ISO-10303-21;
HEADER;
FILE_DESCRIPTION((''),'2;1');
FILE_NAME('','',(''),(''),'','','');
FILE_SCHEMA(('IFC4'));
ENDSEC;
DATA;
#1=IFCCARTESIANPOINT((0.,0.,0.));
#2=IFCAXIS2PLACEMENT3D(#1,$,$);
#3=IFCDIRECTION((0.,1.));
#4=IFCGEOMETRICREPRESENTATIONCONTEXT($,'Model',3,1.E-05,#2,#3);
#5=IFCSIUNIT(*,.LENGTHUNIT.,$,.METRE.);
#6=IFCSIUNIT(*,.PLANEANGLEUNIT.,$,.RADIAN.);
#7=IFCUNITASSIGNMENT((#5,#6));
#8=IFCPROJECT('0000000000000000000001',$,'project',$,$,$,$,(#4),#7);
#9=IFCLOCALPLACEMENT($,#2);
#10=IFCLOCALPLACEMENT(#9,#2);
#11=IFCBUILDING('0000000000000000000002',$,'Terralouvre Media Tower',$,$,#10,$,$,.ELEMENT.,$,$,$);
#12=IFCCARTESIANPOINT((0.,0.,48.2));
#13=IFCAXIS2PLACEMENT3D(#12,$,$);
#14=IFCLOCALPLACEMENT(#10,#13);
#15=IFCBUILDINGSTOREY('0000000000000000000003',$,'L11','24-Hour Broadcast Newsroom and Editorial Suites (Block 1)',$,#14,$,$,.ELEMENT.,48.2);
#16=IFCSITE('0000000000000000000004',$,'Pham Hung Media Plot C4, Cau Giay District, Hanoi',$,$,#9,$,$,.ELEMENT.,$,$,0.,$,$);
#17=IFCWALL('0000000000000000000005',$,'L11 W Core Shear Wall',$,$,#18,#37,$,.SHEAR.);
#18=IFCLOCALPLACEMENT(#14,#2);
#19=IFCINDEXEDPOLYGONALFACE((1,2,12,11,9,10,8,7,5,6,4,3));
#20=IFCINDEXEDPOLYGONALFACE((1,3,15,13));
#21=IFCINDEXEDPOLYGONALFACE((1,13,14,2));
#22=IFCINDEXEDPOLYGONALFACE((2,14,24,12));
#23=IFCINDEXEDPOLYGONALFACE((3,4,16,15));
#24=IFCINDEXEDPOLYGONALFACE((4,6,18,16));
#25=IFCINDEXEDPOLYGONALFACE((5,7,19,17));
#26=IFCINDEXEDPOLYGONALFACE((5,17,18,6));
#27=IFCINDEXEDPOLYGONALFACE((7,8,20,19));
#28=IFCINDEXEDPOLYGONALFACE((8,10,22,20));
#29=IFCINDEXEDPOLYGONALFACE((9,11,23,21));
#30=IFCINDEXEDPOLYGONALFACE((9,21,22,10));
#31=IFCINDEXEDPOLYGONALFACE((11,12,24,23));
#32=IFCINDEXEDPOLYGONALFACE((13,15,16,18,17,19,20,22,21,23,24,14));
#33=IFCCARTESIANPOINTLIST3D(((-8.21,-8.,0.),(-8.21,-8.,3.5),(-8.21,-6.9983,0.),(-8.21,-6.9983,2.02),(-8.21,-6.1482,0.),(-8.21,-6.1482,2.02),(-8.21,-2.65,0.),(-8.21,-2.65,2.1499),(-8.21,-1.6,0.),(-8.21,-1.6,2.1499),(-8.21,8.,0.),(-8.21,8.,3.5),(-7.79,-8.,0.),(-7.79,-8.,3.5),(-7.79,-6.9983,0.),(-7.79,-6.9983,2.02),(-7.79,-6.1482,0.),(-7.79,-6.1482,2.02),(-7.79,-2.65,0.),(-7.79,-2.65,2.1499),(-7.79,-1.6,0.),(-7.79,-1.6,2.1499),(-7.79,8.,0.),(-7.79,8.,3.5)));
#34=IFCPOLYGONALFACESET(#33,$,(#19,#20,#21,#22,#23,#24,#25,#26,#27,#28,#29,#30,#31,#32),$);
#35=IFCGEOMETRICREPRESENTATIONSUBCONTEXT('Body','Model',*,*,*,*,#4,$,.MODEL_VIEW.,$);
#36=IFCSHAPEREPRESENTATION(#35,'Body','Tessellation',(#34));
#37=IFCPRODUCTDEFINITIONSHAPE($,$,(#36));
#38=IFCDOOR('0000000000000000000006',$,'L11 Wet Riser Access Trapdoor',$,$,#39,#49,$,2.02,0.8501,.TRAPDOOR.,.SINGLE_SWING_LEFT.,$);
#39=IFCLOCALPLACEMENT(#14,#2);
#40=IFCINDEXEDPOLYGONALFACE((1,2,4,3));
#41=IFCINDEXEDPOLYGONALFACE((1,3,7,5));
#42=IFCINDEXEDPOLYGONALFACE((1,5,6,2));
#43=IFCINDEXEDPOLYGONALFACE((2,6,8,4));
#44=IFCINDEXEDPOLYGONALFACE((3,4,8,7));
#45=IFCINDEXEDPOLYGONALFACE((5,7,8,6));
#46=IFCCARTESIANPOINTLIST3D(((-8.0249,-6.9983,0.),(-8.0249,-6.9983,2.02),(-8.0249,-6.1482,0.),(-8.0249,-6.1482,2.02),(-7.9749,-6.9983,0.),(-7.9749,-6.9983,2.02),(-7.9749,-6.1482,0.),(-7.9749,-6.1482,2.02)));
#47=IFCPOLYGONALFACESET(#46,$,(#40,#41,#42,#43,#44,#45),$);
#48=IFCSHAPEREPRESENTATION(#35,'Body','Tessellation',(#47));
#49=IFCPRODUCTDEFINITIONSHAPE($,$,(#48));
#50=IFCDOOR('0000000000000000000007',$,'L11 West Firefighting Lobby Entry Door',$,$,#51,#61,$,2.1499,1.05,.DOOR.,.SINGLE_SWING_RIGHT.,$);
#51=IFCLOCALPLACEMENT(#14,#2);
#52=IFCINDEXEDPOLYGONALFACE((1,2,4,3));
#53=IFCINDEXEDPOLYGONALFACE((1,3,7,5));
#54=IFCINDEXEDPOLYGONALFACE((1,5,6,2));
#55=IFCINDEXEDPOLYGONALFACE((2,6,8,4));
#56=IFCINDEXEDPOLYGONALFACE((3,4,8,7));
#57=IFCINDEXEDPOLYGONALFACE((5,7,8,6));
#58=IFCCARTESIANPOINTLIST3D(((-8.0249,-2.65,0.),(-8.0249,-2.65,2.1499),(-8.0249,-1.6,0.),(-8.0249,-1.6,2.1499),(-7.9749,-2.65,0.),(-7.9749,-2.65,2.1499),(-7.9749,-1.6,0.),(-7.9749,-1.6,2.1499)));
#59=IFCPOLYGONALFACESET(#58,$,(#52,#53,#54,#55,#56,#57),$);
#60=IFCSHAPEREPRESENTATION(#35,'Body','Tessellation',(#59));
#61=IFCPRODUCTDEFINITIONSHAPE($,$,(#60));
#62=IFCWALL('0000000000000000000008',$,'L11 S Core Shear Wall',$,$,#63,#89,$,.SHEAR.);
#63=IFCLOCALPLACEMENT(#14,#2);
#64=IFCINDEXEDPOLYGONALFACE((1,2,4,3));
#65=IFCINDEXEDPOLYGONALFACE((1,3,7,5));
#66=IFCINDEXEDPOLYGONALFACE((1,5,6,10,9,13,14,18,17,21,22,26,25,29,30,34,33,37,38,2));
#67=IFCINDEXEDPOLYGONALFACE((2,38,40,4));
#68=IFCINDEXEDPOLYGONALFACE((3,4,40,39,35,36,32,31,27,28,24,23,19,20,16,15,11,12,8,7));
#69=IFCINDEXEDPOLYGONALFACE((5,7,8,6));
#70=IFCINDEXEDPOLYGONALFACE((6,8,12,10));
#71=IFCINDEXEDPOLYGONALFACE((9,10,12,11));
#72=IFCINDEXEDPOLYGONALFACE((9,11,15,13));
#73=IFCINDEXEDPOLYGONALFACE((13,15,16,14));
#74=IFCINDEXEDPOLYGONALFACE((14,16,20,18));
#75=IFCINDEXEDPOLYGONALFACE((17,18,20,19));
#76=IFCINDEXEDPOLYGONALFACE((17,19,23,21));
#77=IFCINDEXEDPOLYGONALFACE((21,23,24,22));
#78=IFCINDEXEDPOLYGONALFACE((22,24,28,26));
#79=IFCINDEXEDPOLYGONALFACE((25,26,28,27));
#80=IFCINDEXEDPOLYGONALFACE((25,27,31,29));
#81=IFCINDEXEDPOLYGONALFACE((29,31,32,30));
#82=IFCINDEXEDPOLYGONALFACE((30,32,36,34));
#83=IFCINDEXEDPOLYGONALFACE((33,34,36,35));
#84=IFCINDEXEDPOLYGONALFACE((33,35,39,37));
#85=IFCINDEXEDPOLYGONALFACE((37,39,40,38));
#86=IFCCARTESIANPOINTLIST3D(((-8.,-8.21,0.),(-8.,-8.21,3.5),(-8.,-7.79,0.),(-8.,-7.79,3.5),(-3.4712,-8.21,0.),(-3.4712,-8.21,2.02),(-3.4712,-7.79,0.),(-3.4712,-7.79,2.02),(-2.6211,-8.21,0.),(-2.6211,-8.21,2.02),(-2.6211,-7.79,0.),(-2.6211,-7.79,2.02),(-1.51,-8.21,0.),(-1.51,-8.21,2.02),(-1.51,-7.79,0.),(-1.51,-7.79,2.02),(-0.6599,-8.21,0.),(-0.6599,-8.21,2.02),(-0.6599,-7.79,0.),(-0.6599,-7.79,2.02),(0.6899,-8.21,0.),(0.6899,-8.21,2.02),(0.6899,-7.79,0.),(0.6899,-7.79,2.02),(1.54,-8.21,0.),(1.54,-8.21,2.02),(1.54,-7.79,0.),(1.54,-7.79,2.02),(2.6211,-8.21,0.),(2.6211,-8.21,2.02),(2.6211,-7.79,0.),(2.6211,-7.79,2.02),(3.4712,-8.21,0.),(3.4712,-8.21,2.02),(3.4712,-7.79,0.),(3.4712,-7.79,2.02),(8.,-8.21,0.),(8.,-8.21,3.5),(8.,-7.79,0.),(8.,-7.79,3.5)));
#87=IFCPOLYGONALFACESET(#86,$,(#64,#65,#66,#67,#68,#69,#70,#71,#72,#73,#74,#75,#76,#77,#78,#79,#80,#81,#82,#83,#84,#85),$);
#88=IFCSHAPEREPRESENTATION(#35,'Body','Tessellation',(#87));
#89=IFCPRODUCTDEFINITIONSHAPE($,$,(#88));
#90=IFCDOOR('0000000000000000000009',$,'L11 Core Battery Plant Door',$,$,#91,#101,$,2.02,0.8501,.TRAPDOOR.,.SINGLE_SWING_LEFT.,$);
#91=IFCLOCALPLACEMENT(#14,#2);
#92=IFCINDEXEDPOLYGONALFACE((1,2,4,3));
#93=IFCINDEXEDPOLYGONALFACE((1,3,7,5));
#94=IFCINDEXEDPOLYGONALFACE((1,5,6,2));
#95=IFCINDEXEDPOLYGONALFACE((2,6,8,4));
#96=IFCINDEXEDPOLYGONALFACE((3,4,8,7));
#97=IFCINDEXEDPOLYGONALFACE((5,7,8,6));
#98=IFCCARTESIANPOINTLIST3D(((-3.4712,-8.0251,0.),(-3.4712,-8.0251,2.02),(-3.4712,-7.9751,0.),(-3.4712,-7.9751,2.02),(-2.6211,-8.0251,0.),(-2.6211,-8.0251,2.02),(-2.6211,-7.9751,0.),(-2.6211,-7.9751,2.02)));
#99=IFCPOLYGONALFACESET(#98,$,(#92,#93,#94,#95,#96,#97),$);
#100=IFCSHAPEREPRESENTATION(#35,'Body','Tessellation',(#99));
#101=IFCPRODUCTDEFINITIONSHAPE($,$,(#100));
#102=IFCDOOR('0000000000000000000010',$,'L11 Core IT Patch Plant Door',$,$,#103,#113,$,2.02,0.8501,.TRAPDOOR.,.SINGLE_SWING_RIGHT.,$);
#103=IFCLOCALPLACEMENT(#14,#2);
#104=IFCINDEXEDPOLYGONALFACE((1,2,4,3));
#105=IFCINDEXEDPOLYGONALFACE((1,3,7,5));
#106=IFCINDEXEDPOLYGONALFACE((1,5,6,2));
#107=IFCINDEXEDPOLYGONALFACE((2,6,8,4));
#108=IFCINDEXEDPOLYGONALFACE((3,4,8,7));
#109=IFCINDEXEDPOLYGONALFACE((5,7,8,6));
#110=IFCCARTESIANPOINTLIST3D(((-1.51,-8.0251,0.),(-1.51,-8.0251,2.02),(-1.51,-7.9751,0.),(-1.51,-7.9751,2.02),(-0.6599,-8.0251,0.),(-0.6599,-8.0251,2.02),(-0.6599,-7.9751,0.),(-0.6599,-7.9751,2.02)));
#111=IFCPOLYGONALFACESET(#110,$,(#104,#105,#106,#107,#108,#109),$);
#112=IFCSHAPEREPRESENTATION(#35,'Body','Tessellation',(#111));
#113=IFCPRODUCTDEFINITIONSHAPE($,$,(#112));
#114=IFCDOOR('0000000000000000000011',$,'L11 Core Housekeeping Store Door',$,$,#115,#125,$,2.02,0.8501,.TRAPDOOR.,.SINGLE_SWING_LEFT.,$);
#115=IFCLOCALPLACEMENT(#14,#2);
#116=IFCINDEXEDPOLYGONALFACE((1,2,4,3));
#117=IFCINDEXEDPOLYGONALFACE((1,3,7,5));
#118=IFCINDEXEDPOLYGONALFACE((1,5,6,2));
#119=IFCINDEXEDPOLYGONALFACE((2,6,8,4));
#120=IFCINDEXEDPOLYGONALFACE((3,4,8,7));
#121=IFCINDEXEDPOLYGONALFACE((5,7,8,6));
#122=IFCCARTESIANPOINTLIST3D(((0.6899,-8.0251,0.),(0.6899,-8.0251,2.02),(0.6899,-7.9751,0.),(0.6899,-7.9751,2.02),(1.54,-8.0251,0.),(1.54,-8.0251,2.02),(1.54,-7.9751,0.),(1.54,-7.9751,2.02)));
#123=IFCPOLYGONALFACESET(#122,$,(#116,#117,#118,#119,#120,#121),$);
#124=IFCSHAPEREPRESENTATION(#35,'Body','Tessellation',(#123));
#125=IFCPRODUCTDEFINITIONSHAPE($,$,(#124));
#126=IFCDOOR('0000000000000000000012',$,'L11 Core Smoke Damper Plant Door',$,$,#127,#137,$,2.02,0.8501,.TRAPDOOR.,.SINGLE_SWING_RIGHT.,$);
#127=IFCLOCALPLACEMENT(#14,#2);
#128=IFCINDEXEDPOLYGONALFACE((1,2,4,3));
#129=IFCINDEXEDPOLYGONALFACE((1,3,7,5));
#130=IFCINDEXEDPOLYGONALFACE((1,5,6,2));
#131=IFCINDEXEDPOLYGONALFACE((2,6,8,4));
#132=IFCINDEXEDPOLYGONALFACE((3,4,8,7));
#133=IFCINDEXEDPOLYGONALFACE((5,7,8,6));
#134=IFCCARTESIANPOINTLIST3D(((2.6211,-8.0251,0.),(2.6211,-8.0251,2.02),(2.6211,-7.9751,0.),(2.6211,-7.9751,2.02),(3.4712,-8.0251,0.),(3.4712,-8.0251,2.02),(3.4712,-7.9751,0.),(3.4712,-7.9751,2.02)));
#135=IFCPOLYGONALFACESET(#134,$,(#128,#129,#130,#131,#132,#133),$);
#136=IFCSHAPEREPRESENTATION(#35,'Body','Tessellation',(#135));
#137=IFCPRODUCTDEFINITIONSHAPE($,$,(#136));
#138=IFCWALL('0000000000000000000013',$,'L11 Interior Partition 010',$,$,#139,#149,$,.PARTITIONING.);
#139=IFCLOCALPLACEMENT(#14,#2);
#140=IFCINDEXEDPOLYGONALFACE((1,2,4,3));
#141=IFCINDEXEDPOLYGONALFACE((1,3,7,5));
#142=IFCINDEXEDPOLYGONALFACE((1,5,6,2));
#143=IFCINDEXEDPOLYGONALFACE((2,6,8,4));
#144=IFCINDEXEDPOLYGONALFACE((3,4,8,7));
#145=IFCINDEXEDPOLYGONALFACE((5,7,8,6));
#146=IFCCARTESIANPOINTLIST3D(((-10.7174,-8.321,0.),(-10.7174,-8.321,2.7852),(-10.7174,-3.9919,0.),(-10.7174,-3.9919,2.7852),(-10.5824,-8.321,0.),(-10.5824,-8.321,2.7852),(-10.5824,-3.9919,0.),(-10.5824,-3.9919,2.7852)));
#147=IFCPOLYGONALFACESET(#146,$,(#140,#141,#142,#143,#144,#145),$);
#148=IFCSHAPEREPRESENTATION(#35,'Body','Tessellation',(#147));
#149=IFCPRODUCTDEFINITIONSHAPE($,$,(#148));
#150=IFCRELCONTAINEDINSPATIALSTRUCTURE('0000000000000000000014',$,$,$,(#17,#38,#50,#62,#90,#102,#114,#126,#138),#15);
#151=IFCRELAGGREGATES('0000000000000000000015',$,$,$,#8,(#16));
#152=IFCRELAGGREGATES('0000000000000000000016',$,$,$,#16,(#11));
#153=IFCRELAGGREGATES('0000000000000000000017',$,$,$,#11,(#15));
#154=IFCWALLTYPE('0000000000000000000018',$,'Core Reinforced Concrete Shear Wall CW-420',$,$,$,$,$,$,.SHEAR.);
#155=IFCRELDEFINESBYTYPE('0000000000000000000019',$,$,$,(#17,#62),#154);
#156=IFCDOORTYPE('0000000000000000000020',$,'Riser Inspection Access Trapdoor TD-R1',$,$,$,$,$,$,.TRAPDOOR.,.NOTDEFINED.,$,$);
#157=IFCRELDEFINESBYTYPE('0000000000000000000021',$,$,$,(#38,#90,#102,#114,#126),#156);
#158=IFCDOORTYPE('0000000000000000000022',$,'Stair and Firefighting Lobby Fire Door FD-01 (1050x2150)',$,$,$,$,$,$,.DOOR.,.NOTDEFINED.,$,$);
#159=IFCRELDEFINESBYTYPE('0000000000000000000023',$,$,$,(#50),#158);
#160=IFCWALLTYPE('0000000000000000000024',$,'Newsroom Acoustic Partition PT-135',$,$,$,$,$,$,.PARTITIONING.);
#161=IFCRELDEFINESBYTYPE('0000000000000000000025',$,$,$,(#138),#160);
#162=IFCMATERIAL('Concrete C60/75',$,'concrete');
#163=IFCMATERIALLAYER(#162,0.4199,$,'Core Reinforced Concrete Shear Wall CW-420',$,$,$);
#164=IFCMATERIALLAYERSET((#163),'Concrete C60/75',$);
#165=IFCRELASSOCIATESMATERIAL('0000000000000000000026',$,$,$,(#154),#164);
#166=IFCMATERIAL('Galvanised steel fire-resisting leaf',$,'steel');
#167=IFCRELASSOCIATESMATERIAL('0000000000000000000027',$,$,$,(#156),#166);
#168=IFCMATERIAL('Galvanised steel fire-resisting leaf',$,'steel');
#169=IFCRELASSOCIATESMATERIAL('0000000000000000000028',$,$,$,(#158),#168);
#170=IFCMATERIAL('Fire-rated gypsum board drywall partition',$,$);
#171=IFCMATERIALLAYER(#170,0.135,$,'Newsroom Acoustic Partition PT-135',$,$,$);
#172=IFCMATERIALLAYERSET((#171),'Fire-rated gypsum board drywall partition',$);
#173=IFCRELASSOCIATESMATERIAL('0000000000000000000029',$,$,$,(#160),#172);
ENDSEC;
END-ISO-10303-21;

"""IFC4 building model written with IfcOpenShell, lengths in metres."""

from ifc_helpers import new_model, si_unit, direction, frame, frame_2d, origin, place, context, subcontext, project, spatial, rectangle, extrude, material, layer, layer_set, type_object, element, fill, save


model = new_model("IFC4")

# Units and contexts
model_context = context("Model", 3, precision=1e-05, world=origin(), true_north=direction((0.0, 1.0)))
body_context = subcontext(model_context, "Body", "Model", "MODEL_VIEW")
ifc_project = project(units=[si_unit("LENGTHUNIT", "METRE"), si_unit("PLANEANGLEUNIT", "RADIAN")], contexts=[model_context])

# Site, building, storey
site_placement = place(None, origin())
site = spatial("IfcSite", under=ifc_project, at=site_placement, Name="Pham Hung Media Plot C4, Cau Giay District, Hanoi", CompositionType="ELEMENT", RefElevation=0.0)
building_placement = place(site_placement, origin())
building = spatial("IfcBuilding", under=site, at=building_placement, Name="Terralouvre Media Tower", CompositionType="ELEMENT")
storey_placement = place(building_placement, frame((0.0, 0.0, 48.2)))
storey = spatial("IfcBuildingStorey", under=building, at=storey_placement, Name="L11", Description="24-Hour Broadcast Newsroom and Editorial Suites (Block 1)", CompositionType="ELEMENT", Elevation=48.2)

# Walls, openings, doors
ifc_material_1 = material(Name="Concrete C60/75", Category="concrete")
ifc_layer_1 = layer(ifc_material_1, 0.4199, Name="Core Reinforced Concrete Shear Wall CW-420")
ifc_layer_set_1 = layer_set([ifc_layer_1], Name="Concrete C60/75")
wall_type_1 = type_object("IfcWallType", Name="Core Reinforced Concrete Shear Wall CW-420", PredefinedType="SHEAR", material=ifc_layer_set_1)
wall_1_placement = place(storey_placement, frame((-8.0, -8.0, 0.0), z_axis=(0.0, 0.0, 1.0), x_axis=(0.0, 1.0, 0.0)))
wall_1 = element("IfcWall", 1, at=wall_1_placement, inside=storey, type_object=wall_type_1, Name="L11 W Core Shear Wall", PredefinedType="SHEAR", context=body_context, shape_type="SweptSolid", body=[
    extrude(rectangle(XDim=16.0, YDim=0.4199, at=frame_2d((8.0, 0.0))), origin(), (0.0, 0.0, 1.0), 3.5),
])
opening_1_placement = place(wall_1_placement, frame((1.0017, 0.0, 0.0)))
opening_1 = element("IfcOpeningElement", 2, at=opening_1_placement, cuts=wall_1, PredefinedType="OPENING", context=body_context, shape_type="SweptSolid", body=[
    extrude(rectangle(XDim=0.8501, YDim=2.02, at=frame_2d((0.425, 1.01))), frame((0.0, 0.22, 0.0), z_axis=(0.0, -1.0, 0.0), x_axis=(1.0, 0.0, 0.0)), (0.0, 0.0, 1.0), 0.4399),
])
opening_2_placement = place(wall_1_placement, frame((5.3501, 0.0, 0.0)))
opening_2 = element("IfcOpeningElement", 3, at=opening_2_placement, cuts=wall_1, PredefinedType="OPENING", context=body_context, shape_type="SweptSolid", body=[
    extrude(rectangle(XDim=1.05, YDim=2.1499, at=frame_2d((0.5249, 1.075))), frame((0.0, 0.22, 0.0), z_axis=(0.0, -1.0, 0.0), x_axis=(1.0, 0.0, 0.0)), (0.0, 0.0, 1.0), 0.4399),
])
ifc_material_2 = material(Name="Galvanised steel fire-resisting leaf", Category="steel")
door_type_1 = type_object("IfcDoorType", Name="Riser Inspection Access Trapdoor TD-R1", OperationType="NOTDEFINED", PredefinedType="TRAPDOOR", material=ifc_material_2)
door_1_placement = place(opening_1_placement, origin())
door_1 = element("IfcDoor", 4, at=door_1_placement, inside=storey, type_object=door_type_1, Name="L11 Wet Riser Access Trapdoor", OperationType="SINGLE_SWING_LEFT", OverallHeight=2.02, OverallWidth=0.8501, PredefinedType="TRAPDOOR", context=body_context, shape_type="SweptSolid", body=[
    extrude(rectangle(XDim=0.8501, YDim=2.02, at=frame_2d((0.425, 1.01))), frame((0.0, 0.0249, 0.0), z_axis=(0.0, -1.0, 0.0), x_axis=(1.0, 0.0, 0.0)), (0.0, 0.0, 1.0), 0.05),
])
fill(opening_1, door_1)
ifc_material_3 = material(Name="Galvanised steel fire-resisting leaf", Category="steel")
door_type_2 = type_object("IfcDoorType", Name="Stair and Firefighting Lobby Fire Door FD-01 (1050x2150)", OperationType="NOTDEFINED", PredefinedType="DOOR", material=ifc_material_3)
door_2_placement = place(opening_2_placement, origin())
door_2 = element("IfcDoor", 5, at=door_2_placement, inside=storey, type_object=door_type_2, Name="L11 West Firefighting Lobby Entry Door", OperationType="SINGLE_SWING_RIGHT", OverallHeight=2.1499, OverallWidth=1.05, PredefinedType="DOOR", context=body_context, shape_type="SweptSolid", body=[
    extrude(rectangle(XDim=1.05, YDim=2.1499, at=frame_2d((0.5249, 1.075))), frame((0.0, 0.0249, 0.0), z_axis=(0.0, -1.0, 0.0), x_axis=(1.0, 0.0, 0.0)), (0.0, 0.0, 1.0), 0.05),
])
fill(opening_2, door_2)
wall_2_placement = place(storey_placement, frame((-8.0, -8.0, 0.0), z_axis=(0.0, 0.0, 1.0), x_axis=(1.0, 0.0, 0.0)))
wall_2 = element("IfcWall", 6, at=wall_2_placement, inside=storey, type_object=wall_type_1, Name="L11 S Core Shear Wall", PredefinedType="SHEAR", context=body_context, shape_type="SweptSolid", body=[
    extrude(rectangle(XDim=16.0, YDim=0.4199, at=frame_2d((8.0, 0.0))), origin(), (0.0, 0.0, 1.0), 3.5),
])
opening_3_placement = place(wall_2_placement, frame((4.5288, 0.0, 0.0)))
opening_3 = element("IfcOpeningElement", 7, at=opening_3_placement, cuts=wall_2, PredefinedType="OPENING", context=body_context, shape_type="SweptSolid", body=[
    extrude(rectangle(XDim=0.8501, YDim=2.02, at=frame_2d((0.425, 1.01))), frame((0.0, 0.22, 0.0), z_axis=(0.0, -1.0, 0.0), x_axis=(1.0, 0.0, 0.0)), (0.0, 0.0, 1.0), 0.4399),
])
opening_4_placement = place(wall_2_placement, frame((6.49, 0.0, 0.0)))
opening_4 = element("IfcOpeningElement", 8, at=opening_4_placement, cuts=wall_2, PredefinedType="OPENING", context=body_context, shape_type="SweptSolid", body=[
    extrude(rectangle(XDim=0.8501, YDim=2.02, at=frame_2d((0.425, 1.01))), frame((0.0, 0.22, 0.0), z_axis=(0.0, -1.0, 0.0), x_axis=(1.0, 0.0, 0.0)), (0.0, 0.0, 1.0), 0.4399),
])
opening_5_placement = place(wall_2_placement, frame((8.6899, 0.0, 0.0)))
opening_5 = element("IfcOpeningElement", 9, at=opening_5_placement, cuts=wall_2, PredefinedType="OPENING", context=body_context, shape_type="SweptSolid", body=[
    extrude(rectangle(XDim=0.8501, YDim=2.02, at=frame_2d((0.425, 1.01))), frame((0.0, 0.22, 0.0), z_axis=(0.0, -1.0, 0.0), x_axis=(1.0, 0.0, 0.0)), (0.0, 0.0, 1.0), 0.4399),
])
opening_6_placement = place(wall_2_placement, frame((10.6211, 0.0, 0.0)))
opening_6 = element("IfcOpeningElement", 10, at=opening_6_placement, cuts=wall_2, PredefinedType="OPENING", context=body_context, shape_type="SweptSolid", body=[
    extrude(rectangle(XDim=0.8501, YDim=2.02, at=frame_2d((0.425, 1.01))), frame((0.0, 0.22, 0.0), z_axis=(0.0, -1.0, 0.0), x_axis=(1.0, 0.0, 0.0)), (0.0, 0.0, 1.0), 0.4399),
])
door_3_placement = place(opening_3_placement, origin())
door_3 = element("IfcDoor", 11, at=door_3_placement, inside=storey, type_object=door_type_1, Name="L11 Core Battery Plant Door", OperationType="SINGLE_SWING_LEFT", OverallHeight=2.02, OverallWidth=0.8501, PredefinedType="TRAPDOOR", context=body_context, shape_type="SweptSolid", body=[
    extrude(rectangle(XDim=0.8501, YDim=2.02, at=frame_2d((0.425, 1.01))), frame((0.0, 0.0249, 0.0), z_axis=(0.0, -1.0, 0.0), x_axis=(1.0, 0.0, 0.0)), (0.0, 0.0, 1.0), 0.05),
])
fill(opening_3, door_3)
door_4_placement = place(opening_4_placement, origin())
door_4 = element("IfcDoor", 12, at=door_4_placement, inside=storey, type_object=door_type_1, Name="L11 Core IT Patch Plant Door", OperationType="SINGLE_SWING_RIGHT", OverallHeight=2.02, OverallWidth=0.8501, PredefinedType="TRAPDOOR", context=body_context, shape_type="SweptSolid", body=[
    extrude(rectangle(XDim=0.8501, YDim=2.02, at=frame_2d((0.425, 1.01))), frame((0.0, 0.0249, 0.0), z_axis=(0.0, -1.0, 0.0), x_axis=(1.0, 0.0, 0.0)), (0.0, 0.0, 1.0), 0.05),
])
fill(opening_4, door_4)
door_5_placement = place(opening_5_placement, origin())
door_5 = element("IfcDoor", 13, at=door_5_placement, inside=storey, type_object=door_type_1, Name="L11 Core Housekeeping Store Door", OperationType="SINGLE_SWING_LEFT", OverallHeight=2.02, OverallWidth=0.8501, PredefinedType="TRAPDOOR", context=body_context, shape_type="SweptSolid", body=[
    extrude(rectangle(XDim=0.8501, YDim=2.02, at=frame_2d((0.425, 1.01))), frame((0.0, 0.0249, 0.0), z_axis=(0.0, -1.0, 0.0), x_axis=(1.0, 0.0, 0.0)), (0.0, 0.0, 1.0), 0.05),
])
fill(opening_5, door_5)
door_6_placement = place(opening_6_placement, origin())
door_6 = element("IfcDoor", 14, at=door_6_placement, inside=storey, type_object=door_type_1, Name="L11 Core Smoke Damper Plant Door", OperationType="SINGLE_SWING_RIGHT", OverallHeight=2.02, OverallWidth=0.8501, PredefinedType="TRAPDOOR", context=body_context, shape_type="SweptSolid", body=[
    extrude(rectangle(XDim=0.8501, YDim=2.02, at=frame_2d((0.425, 1.01))), frame((0.0, 0.0249, 0.0), z_axis=(0.0, -1.0, 0.0), x_axis=(1.0, 0.0, 0.0)), (0.0, 0.0, 1.0), 0.05),
])
fill(opening_6, door_6)

# Wall
ifc_material_4 = material(Name="Fire-rated gypsum board drywall partition")
ifc_layer_2 = layer(ifc_material_4, 0.135, Name="Newsroom Acoustic Partition PT-135")
ifc_layer_set_2 = layer_set([ifc_layer_2], Name="Fire-rated gypsum board drywall partition")
wall_type_2 = type_object("IfcWallType", Name="Newsroom Acoustic Partition PT-135", PredefinedType="PARTITIONING", material=ifc_layer_set_2)
wall_3_placement = place(storey_placement, frame((-10.6499, -3.9919, 0.0), z_axis=(0.0, 0.0, 1.0), x_axis=(0.0, -1.0, 0.0)))
element("IfcWall", 15, at=wall_3_placement, inside=storey, type_object=wall_type_2, Name="L11 Interior Partition 010", PredefinedType="PARTITIONING", context=body_context, shape_type="SweptSolid", body=[
    extrude(rectangle(XDim=4.3291, YDim=0.135, at=frame_2d((2.1646, 0.0))), origin(), (0.0, 0.0, 1.0), 2.7852),
])

save(model, "model.ifc")
